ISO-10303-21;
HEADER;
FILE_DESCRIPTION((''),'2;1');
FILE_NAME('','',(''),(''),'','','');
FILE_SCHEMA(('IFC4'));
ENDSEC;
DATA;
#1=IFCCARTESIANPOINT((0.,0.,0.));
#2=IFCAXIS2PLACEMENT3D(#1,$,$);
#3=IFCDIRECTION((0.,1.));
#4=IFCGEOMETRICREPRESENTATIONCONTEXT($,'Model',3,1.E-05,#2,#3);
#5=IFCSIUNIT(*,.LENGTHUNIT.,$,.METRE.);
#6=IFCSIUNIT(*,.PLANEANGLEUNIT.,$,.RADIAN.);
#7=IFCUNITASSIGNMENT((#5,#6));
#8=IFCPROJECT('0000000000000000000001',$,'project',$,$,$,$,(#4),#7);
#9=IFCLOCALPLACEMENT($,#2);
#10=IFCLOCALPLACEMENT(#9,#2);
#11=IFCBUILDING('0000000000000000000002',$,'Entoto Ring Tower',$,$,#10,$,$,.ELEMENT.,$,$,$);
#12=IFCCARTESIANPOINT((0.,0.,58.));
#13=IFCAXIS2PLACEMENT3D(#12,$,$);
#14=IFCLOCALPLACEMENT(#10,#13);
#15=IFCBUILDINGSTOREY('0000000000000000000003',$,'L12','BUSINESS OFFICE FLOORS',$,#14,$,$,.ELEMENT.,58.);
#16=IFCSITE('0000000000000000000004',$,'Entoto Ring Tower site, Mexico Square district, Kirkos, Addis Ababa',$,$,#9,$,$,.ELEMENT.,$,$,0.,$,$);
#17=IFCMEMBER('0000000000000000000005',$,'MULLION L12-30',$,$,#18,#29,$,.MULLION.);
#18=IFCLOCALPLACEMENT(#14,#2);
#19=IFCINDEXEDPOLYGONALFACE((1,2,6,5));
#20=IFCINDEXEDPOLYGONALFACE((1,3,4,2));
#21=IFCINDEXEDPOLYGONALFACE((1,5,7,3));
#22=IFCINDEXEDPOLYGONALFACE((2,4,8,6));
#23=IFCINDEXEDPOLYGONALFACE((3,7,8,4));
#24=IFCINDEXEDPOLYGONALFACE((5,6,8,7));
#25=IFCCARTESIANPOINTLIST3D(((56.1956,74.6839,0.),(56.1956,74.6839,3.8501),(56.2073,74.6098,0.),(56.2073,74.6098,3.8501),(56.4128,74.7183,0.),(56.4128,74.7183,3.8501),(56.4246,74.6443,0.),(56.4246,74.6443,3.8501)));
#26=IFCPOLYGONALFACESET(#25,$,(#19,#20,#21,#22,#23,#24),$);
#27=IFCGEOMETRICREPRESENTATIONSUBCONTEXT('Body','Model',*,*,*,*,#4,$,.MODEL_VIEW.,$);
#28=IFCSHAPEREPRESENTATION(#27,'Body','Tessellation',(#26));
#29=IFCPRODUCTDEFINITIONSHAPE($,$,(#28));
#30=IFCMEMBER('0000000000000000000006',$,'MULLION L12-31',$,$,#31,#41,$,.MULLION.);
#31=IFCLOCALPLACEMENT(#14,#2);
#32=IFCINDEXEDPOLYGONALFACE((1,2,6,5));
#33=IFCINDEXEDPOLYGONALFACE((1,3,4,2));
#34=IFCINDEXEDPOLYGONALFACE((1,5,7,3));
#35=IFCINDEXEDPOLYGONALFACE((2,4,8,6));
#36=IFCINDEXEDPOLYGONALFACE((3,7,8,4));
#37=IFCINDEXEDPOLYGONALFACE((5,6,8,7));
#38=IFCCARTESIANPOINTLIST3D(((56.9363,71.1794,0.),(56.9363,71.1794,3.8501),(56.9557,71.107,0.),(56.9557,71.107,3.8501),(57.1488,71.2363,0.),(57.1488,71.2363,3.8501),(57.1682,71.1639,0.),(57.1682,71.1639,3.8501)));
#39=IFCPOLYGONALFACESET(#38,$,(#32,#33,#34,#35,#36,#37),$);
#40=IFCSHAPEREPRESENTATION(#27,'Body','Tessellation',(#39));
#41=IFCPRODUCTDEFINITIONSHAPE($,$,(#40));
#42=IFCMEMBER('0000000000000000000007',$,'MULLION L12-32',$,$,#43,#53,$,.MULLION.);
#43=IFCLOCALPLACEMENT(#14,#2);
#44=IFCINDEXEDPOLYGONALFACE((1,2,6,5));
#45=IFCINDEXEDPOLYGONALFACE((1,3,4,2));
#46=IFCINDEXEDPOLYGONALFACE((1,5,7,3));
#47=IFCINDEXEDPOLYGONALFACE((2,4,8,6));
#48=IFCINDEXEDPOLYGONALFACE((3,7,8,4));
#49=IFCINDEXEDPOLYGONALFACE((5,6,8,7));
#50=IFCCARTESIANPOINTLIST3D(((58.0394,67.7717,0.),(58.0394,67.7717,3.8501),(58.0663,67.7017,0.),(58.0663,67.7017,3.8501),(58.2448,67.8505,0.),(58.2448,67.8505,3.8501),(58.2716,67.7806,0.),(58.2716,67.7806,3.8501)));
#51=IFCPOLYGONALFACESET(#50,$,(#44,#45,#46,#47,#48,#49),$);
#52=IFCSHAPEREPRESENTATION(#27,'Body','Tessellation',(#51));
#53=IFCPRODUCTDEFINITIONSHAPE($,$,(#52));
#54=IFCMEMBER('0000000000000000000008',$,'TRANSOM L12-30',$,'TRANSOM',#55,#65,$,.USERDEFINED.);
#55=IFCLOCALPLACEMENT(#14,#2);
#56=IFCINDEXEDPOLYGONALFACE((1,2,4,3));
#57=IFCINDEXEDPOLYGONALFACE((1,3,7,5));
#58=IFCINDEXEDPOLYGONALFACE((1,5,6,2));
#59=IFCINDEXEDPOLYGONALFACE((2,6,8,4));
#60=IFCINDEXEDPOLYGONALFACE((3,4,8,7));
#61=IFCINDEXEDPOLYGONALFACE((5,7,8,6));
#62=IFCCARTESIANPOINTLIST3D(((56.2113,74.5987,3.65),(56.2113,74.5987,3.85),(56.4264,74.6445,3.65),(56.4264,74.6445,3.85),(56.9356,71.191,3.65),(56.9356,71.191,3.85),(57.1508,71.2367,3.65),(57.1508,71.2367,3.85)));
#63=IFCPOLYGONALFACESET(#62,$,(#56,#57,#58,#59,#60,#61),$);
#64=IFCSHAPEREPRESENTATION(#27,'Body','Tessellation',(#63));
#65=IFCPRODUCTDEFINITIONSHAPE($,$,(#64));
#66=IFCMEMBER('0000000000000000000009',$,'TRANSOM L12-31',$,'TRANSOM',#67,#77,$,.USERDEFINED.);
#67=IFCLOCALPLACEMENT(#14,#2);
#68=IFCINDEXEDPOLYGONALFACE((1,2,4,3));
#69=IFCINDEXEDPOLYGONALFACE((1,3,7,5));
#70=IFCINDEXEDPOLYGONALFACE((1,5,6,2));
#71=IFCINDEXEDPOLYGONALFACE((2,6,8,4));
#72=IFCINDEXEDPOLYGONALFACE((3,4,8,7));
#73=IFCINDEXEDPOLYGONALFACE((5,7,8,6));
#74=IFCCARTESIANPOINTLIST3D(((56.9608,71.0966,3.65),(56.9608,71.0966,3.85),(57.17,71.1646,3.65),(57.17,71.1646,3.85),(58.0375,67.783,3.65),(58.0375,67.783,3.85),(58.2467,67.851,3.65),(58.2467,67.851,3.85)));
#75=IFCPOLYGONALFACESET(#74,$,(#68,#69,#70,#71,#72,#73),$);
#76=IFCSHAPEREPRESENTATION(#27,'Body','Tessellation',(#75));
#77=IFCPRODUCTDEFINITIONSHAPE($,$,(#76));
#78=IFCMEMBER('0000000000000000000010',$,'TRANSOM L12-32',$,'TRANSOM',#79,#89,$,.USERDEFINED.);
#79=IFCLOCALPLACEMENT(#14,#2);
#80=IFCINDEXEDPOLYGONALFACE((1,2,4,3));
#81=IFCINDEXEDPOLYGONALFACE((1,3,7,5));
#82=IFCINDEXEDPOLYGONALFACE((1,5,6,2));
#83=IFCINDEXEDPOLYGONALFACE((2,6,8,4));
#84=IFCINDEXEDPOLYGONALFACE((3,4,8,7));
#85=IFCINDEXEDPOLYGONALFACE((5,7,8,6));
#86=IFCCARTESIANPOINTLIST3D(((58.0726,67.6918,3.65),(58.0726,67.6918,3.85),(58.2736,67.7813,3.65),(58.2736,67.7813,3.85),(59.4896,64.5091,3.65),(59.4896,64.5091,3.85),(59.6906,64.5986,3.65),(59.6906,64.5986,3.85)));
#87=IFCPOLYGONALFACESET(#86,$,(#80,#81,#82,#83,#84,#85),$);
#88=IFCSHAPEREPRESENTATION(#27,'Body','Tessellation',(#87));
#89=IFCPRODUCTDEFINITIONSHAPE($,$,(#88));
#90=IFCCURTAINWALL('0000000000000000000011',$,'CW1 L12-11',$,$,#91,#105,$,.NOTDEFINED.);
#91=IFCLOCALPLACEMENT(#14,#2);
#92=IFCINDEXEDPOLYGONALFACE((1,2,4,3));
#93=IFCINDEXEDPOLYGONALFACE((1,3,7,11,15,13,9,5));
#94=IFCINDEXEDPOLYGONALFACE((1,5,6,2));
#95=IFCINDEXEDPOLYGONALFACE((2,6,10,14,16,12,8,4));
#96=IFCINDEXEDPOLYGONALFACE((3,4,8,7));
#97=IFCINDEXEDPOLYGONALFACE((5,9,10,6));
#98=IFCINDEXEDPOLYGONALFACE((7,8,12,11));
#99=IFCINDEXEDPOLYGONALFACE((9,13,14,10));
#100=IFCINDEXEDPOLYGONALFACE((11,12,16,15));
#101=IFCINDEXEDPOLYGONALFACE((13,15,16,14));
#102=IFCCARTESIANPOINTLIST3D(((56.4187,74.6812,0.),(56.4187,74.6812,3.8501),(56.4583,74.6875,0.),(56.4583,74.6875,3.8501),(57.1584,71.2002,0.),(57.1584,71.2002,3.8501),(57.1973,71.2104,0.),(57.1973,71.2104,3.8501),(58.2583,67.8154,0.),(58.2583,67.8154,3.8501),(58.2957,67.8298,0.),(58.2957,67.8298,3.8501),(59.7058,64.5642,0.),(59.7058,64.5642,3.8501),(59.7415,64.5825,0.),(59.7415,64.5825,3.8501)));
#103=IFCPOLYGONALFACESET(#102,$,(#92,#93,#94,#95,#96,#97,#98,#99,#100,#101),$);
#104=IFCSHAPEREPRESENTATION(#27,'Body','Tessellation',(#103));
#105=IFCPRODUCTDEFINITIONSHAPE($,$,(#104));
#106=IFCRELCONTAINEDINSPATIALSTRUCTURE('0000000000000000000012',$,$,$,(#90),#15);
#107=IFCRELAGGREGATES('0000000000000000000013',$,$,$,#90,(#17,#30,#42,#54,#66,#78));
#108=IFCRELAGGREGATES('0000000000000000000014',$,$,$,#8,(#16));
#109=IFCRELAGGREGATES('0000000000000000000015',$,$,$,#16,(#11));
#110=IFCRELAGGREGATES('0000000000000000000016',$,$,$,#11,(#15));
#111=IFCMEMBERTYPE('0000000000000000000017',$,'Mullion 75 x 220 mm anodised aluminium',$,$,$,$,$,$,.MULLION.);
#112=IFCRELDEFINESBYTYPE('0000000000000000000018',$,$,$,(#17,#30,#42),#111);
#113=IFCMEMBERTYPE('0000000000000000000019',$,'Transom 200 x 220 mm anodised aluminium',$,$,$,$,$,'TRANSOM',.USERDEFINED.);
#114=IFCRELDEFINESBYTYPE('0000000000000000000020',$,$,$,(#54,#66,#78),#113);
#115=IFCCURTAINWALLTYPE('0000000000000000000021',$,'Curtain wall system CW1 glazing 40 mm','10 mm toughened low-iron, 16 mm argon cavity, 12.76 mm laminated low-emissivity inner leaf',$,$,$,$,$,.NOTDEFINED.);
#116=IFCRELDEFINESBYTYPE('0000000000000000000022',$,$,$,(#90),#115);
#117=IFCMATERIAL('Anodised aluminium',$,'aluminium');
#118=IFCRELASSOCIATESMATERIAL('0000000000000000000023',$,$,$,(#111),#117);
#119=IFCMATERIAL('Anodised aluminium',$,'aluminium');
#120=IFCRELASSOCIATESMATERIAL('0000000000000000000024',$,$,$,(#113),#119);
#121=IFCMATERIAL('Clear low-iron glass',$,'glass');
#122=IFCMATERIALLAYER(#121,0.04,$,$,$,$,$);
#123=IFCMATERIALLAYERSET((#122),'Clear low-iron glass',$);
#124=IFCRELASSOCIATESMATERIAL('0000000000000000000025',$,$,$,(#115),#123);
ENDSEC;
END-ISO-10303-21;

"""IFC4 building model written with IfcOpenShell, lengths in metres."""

from ifc_helpers import new_model, si_unit, direction, frame, origin, origin_2d, place, context, subcontext, project, spatial, polyline, rectangle, outline, extrude, material, layer, layer_set, material_profile, profile_set, type_object, element, aggregate, save


model = new_model("IFC4")

# Units and contexts
model_context = context("Model", 3, precision=1e-05, world=origin(), true_north=direction((0.0, 1.0)))
body_context = subcontext(model_context, "Body", "Model", "MODEL_VIEW")
ifc_project = project(units=[si_unit("LENGTHUNIT", "METRE"), si_unit("PLANEANGLEUNIT", "RADIAN")], contexts=[model_context])

# Members
ifc_material_1 = material(Name="Anodised aluminium", Category="aluminium")
ifc_material_profile_1 = material_profile(ifc_material_1, rectangle(XDim=0.075, YDim=0.22, at=origin_2d()), Name="Mullion 75 x 220 mm anodised aluminium")
ifc_profile_set_1 = profile_set([ifc_material_profile_1], Name="Anodised aluminium")
member_type_1 = type_object("IfcMemberType", Name="Mullion 75 x 220 mm anodised aluminium", PredefinedType="MULLION", material=ifc_profile_set_1)
site_placement = place(None, origin())
building_placement = place(site_placement, origin())
storey_placement = place(building_placement, frame((0.0, 0.0, 58.0)))
member_1_placement = place(storey_placement, frame((56.3101, 74.6641, 0.0), z_axis=(0.0, 0.0, 1.0), x_axis=(0.156434, -0.987688, 0.0)))
member_1 = element("IfcMember", 1, at=member_1_placement, type_object=member_type_1, Name="MULLION L12-30", PredefinedType="MULLION", context=body_context, shape_type="SweptSolid", body=[
    extrude(rectangle(XDim=0.075, YDim=0.22, at=origin_2d()), origin(), (0.0, 0.0, 1.0), 3.8501),
])
member_2_placement = place(storey_placement, frame((57.0522, 71.1716, 0.0), z_axis=(0.0, 0.0, 1.0), x_axis=(0.258819, -0.965926, 0.0)))
member_2 = element("IfcMember", 2, at=member_2_placement, type_object=member_type_1, Name="MULLION L12-31", PredefinedType="MULLION", context=body_context, shape_type="SweptSolid", body=[
    extrude(rectangle(XDim=0.075, YDim=0.22, at=origin_2d()), origin(), (0.0, 0.0, 1.0), 3.8501),
])
member_3_placement = place(storey_placement, frame((58.1555, 67.7761, 0.0), z_axis=(0.0, 0.0, 1.0), x_axis=(0.358368, -0.93358, 0.0)))
member_3 = element("IfcMember", 3, at=member_3_placement, type_object=member_type_1, Name="MULLION L12-32", PredefinedType="MULLION", context=body_context, shape_type="SweptSolid", body=[
    extrude(rectangle(XDim=0.075, YDim=0.22, at=origin_2d()), origin(), (0.0, 0.0, 1.0), 3.8501),
])
ifc_material_2 = material(Name="Anodised aluminium", Category="aluminium")
ifc_material_profile_2 = material_profile(ifc_material_2, rectangle(XDim=0.22, YDim=0.2, at=origin_2d()), Name="Transom 200 x 220 mm anodised aluminium")
ifc_profile_set_2 = profile_set([ifc_material_profile_2], Name="Anodised aluminium")
member_type_2 = type_object("IfcMemberType", Name="Transom 200 x 220 mm anodised aluminium", ElementType="TRANSOM", PredefinedType="USERDEFINED", material=ifc_profile_set_2)
member_4_placement = place(storey_placement, frame((56.3188, 74.6216, 3.75), z_axis=(0.207921, -0.978146, 0.0), x_axis=(0.978146, 0.207921, 0.0)))
member_4 = element("IfcMember", 4, at=member_4_placement, type_object=member_type_2, Name="TRANSOM L12-30", ObjectType="TRANSOM", PredefinedType="USERDEFINED", context=body_context, shape_type="SweptSolid", body=[
    extrude(rectangle(XDim=0.22, YDim=0.2, at=origin_2d()), origin(), (0.0, 0.0, 1.0), 3.4839),
])
member_5_placement = place(storey_placement, frame((57.0654, 71.1306, 3.75), z_axis=(0.309029, -0.951053, 0.0), x_axis=(0.951053, 0.309029, 0.0)))
member_5 = element("IfcMember", 5, at=member_5_placement, type_object=member_type_2, Name="TRANSOM L12-31", ObjectType="TRANSOM", PredefinedType="USERDEFINED", context=body_context, shape_type="SweptSolid", body=[
    extrude(rectangle(XDim=0.22, YDim=0.2, at=origin_2d()), origin(), (0.0, 0.0, 1.0), 3.4841),
])
member_6_placement = place(storey_placement, frame((58.1731, 67.7366, 3.75), z_axis=(0.406737, -0.913545, 0.0), x_axis=(0.913545, 0.406737, 0.0)))
member_6 = element("IfcMember", 6, at=member_6_placement, type_object=member_type_2, Name="TRANSOM L12-32", ObjectType="TRANSOM", PredefinedType="USERDEFINED", context=body_context, shape_type="SweptSolid", body=[
    extrude(rectangle(XDim=0.22, YDim=0.2, at=origin_2d()), origin(), (0.0, 0.0, 1.0), 3.4839),
])

# Site, building, storey
site = spatial("IfcSite", under=ifc_project, at=site_placement, Name="Entoto Ring Tower site, Mexico Square district, Kirkos, Addis Ababa", CompositionType="ELEMENT", RefElevation=0.0)
building = spatial("IfcBuilding", under=site, at=building_placement, Name="Entoto Ring Tower", CompositionType="ELEMENT")
storey = spatial("IfcBuildingStorey", under=building, at=storey_placement, Name="L12", Description="BUSINESS OFFICE FLOORS", CompositionType="ELEMENT", Elevation=58.0)

# Curtain wall
ifc_material_3 = material(Name="Clear low-iron glass", Category="glass")
ifc_layer = layer(ifc_material_3, 0.04)
ifc_layer_set = layer_set([ifc_layer], Name="Clear low-iron glass")
curtain_wall_type = type_object("IfcCurtainWallType", Name="Curtain wall system CW1 glazing 40 mm", Description="10 mm toughened low-iron, 16 mm argon cavity, 12.76 mm laminated low-emissivity inner leaf", PredefinedType="NOTDEFINED", material=ifc_layer_set)
curtain_wall_1_placement = place(storey_placement, origin())
curtain_wall_1 = element("IfcCurtainWall", 7, at=curtain_wall_1_placement, inside=storey, type_object=curtain_wall_type, Name="CW1 L12-11", PredefinedType="NOTDEFINED", context=body_context, shape_type="SweptSolid", body=[
    extrude(outline(polyline([(56.4187, 74.6812), (57.1584, 71.2002), (58.2583, 67.8154), (59.7058, 64.5642), (59.7415, 64.5825), (58.2957, 67.8298), (57.1973, 71.2104), (56.4583, 74.6875), (56.4187, 74.6812)])), origin(), (0.0, 0.0, 1.0), 3.8501),
])
aggregate(curtain_wall_1, [member_1, member_2, member_3, member_4, member_5, member_6])

save(model, "model.ifc")
